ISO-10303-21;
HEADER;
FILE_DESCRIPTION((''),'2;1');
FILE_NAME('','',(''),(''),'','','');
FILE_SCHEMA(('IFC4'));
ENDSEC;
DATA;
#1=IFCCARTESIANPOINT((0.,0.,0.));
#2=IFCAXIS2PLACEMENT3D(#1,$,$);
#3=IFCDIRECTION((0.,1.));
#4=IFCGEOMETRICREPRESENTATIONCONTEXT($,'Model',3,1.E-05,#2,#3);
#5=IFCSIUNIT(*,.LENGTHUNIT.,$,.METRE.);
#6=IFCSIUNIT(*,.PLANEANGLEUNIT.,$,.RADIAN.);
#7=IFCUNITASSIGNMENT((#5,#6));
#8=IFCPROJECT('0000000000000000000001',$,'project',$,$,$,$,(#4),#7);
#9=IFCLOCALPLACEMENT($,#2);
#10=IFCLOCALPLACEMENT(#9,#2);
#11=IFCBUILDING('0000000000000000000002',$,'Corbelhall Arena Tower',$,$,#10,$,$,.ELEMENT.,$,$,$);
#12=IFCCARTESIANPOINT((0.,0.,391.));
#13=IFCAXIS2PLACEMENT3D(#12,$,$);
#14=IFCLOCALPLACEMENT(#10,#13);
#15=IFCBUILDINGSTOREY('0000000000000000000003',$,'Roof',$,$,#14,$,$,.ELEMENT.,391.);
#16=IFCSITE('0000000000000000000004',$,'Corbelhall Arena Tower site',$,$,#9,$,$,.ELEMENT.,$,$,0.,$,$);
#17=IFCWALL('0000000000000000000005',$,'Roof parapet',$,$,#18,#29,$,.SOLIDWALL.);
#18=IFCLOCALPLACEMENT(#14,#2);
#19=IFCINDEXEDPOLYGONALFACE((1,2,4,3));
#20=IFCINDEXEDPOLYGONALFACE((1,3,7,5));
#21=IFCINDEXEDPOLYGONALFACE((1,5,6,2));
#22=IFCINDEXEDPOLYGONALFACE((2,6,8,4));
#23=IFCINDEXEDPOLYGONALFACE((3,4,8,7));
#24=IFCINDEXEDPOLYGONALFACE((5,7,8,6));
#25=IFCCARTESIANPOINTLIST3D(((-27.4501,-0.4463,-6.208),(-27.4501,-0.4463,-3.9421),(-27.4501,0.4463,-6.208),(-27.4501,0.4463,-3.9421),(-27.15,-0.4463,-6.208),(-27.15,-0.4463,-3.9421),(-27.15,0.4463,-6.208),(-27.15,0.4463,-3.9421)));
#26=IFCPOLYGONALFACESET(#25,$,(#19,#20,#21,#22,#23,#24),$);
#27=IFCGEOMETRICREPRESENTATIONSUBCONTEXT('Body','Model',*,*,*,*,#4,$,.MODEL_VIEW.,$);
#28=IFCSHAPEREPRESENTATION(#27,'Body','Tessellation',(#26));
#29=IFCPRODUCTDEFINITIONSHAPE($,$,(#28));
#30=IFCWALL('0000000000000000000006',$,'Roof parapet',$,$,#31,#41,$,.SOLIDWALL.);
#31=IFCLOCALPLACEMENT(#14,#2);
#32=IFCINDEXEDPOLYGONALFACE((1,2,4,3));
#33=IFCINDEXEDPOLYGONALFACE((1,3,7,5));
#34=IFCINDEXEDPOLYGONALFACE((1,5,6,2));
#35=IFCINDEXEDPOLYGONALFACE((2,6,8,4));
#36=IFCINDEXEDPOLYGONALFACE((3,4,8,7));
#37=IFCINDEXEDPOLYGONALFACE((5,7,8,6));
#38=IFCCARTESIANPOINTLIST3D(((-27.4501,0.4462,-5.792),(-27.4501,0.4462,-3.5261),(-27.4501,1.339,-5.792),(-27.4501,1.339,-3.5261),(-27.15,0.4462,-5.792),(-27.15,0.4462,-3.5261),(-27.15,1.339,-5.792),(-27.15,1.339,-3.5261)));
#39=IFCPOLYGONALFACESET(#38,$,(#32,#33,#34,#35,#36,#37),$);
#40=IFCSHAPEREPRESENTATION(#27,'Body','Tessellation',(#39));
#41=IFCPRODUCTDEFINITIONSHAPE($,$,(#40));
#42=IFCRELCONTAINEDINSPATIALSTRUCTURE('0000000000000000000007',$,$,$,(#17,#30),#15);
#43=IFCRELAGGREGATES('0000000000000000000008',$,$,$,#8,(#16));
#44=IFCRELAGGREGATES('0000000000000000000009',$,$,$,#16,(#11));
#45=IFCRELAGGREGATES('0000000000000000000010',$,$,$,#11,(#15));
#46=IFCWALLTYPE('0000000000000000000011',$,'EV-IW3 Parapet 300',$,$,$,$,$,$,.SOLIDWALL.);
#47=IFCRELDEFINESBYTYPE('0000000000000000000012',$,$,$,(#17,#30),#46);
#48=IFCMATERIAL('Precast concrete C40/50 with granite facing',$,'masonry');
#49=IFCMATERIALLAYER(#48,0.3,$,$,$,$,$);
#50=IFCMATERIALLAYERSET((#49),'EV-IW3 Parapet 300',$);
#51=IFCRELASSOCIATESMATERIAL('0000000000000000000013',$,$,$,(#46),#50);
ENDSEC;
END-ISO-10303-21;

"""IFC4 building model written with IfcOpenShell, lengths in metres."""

from ifc_helpers import new_model, si_unit, direction, frame, frame_2d, origin, place, context, subcontext, project, spatial, rectangle, extrude, material, layer, layer_set, type_object, element, save


model = new_model("IFC4")

# Units and contexts
model_context = context("Model", 3, precision=1e-05, world=origin(), true_north=direction((0.0, 1.0)))
body_context = subcontext(model_context, "Body", "Model", "MODEL_VIEW")
ifc_project = project(units=[si_unit("LENGTHUNIT", "METRE"), si_unit("PLANEANGLEUNIT", "RADIAN")], contexts=[model_context])

# Site, building, storey
site_placement = place(None, origin())
site = spatial("IfcSite", under=ifc_project, at=site_placement, Name="Corbelhall Arena Tower site", CompositionType="ELEMENT", RefElevation=0.0)
building_placement = place(site_placement, origin())
building = spatial("IfcBuilding", under=site, at=building_placement, Name="Corbelhall Arena Tower", CompositionType="ELEMENT")
storey_placement = place(building_placement, frame((0.0, 0.0, 391.0)))
storey = spatial("IfcBuildingStorey", under=building, at=storey_placement, Name="Roof", CompositionType="ELEMENT", Elevation=391.0)

# Walls
ifc_material_1 = material(Name="Precast concrete C40/50 with granite facing", Category="masonry")
ifc_layer = layer(ifc_material_1, 0.3)
ifc_layer_set = layer_set([ifc_layer], Name="EV-IW3 Parapet 300")
wall_type = type_object("IfcWallType", Name="EV-IW3 Parapet 300", PredefinedType="SOLIDWALL", material=ifc_layer_set)
wall_1_placement = place(storey_placement, frame((-27.3, -0.4463, -6.208), z_axis=(0.0, 0.0, 1.0), x_axis=(0.0, 1.0, 0.0)))
element("IfcWall", 1, at=wall_1_placement, inside=storey, type_object=wall_type, Name="Roof parapet", PredefinedType="SOLIDWALL", context=body_context, shape_type="SweptSolid", body=[
    extrude(rectangle(XDim=0.8926, YDim=0.3, at=frame_2d((0.4463, 0.0))), origin(), (0.0, 0.0, 1.0), 2.2659),
])
wall_2_placement = place(storey_placement, frame((-27.3, 0.4463, -5.792), z_axis=(0.0, 0.0, 1.0), x_axis=(0.0, 1.0, 0.0)))
element("IfcWall", 2, at=wall_2_placement, inside=storey, type_object=wall_type, Name="Roof parapet", PredefinedType="SOLIDWALL", context=body_context, shape_type="SweptSolid", body=[
    extrude(rectangle(XDim=0.8928, YDim=0.3, at=frame_2d((0.4463, 0.0))), origin(), (0.0, 0.0, 1.0), 2.2659),
])

save(model, "model.ifc")
